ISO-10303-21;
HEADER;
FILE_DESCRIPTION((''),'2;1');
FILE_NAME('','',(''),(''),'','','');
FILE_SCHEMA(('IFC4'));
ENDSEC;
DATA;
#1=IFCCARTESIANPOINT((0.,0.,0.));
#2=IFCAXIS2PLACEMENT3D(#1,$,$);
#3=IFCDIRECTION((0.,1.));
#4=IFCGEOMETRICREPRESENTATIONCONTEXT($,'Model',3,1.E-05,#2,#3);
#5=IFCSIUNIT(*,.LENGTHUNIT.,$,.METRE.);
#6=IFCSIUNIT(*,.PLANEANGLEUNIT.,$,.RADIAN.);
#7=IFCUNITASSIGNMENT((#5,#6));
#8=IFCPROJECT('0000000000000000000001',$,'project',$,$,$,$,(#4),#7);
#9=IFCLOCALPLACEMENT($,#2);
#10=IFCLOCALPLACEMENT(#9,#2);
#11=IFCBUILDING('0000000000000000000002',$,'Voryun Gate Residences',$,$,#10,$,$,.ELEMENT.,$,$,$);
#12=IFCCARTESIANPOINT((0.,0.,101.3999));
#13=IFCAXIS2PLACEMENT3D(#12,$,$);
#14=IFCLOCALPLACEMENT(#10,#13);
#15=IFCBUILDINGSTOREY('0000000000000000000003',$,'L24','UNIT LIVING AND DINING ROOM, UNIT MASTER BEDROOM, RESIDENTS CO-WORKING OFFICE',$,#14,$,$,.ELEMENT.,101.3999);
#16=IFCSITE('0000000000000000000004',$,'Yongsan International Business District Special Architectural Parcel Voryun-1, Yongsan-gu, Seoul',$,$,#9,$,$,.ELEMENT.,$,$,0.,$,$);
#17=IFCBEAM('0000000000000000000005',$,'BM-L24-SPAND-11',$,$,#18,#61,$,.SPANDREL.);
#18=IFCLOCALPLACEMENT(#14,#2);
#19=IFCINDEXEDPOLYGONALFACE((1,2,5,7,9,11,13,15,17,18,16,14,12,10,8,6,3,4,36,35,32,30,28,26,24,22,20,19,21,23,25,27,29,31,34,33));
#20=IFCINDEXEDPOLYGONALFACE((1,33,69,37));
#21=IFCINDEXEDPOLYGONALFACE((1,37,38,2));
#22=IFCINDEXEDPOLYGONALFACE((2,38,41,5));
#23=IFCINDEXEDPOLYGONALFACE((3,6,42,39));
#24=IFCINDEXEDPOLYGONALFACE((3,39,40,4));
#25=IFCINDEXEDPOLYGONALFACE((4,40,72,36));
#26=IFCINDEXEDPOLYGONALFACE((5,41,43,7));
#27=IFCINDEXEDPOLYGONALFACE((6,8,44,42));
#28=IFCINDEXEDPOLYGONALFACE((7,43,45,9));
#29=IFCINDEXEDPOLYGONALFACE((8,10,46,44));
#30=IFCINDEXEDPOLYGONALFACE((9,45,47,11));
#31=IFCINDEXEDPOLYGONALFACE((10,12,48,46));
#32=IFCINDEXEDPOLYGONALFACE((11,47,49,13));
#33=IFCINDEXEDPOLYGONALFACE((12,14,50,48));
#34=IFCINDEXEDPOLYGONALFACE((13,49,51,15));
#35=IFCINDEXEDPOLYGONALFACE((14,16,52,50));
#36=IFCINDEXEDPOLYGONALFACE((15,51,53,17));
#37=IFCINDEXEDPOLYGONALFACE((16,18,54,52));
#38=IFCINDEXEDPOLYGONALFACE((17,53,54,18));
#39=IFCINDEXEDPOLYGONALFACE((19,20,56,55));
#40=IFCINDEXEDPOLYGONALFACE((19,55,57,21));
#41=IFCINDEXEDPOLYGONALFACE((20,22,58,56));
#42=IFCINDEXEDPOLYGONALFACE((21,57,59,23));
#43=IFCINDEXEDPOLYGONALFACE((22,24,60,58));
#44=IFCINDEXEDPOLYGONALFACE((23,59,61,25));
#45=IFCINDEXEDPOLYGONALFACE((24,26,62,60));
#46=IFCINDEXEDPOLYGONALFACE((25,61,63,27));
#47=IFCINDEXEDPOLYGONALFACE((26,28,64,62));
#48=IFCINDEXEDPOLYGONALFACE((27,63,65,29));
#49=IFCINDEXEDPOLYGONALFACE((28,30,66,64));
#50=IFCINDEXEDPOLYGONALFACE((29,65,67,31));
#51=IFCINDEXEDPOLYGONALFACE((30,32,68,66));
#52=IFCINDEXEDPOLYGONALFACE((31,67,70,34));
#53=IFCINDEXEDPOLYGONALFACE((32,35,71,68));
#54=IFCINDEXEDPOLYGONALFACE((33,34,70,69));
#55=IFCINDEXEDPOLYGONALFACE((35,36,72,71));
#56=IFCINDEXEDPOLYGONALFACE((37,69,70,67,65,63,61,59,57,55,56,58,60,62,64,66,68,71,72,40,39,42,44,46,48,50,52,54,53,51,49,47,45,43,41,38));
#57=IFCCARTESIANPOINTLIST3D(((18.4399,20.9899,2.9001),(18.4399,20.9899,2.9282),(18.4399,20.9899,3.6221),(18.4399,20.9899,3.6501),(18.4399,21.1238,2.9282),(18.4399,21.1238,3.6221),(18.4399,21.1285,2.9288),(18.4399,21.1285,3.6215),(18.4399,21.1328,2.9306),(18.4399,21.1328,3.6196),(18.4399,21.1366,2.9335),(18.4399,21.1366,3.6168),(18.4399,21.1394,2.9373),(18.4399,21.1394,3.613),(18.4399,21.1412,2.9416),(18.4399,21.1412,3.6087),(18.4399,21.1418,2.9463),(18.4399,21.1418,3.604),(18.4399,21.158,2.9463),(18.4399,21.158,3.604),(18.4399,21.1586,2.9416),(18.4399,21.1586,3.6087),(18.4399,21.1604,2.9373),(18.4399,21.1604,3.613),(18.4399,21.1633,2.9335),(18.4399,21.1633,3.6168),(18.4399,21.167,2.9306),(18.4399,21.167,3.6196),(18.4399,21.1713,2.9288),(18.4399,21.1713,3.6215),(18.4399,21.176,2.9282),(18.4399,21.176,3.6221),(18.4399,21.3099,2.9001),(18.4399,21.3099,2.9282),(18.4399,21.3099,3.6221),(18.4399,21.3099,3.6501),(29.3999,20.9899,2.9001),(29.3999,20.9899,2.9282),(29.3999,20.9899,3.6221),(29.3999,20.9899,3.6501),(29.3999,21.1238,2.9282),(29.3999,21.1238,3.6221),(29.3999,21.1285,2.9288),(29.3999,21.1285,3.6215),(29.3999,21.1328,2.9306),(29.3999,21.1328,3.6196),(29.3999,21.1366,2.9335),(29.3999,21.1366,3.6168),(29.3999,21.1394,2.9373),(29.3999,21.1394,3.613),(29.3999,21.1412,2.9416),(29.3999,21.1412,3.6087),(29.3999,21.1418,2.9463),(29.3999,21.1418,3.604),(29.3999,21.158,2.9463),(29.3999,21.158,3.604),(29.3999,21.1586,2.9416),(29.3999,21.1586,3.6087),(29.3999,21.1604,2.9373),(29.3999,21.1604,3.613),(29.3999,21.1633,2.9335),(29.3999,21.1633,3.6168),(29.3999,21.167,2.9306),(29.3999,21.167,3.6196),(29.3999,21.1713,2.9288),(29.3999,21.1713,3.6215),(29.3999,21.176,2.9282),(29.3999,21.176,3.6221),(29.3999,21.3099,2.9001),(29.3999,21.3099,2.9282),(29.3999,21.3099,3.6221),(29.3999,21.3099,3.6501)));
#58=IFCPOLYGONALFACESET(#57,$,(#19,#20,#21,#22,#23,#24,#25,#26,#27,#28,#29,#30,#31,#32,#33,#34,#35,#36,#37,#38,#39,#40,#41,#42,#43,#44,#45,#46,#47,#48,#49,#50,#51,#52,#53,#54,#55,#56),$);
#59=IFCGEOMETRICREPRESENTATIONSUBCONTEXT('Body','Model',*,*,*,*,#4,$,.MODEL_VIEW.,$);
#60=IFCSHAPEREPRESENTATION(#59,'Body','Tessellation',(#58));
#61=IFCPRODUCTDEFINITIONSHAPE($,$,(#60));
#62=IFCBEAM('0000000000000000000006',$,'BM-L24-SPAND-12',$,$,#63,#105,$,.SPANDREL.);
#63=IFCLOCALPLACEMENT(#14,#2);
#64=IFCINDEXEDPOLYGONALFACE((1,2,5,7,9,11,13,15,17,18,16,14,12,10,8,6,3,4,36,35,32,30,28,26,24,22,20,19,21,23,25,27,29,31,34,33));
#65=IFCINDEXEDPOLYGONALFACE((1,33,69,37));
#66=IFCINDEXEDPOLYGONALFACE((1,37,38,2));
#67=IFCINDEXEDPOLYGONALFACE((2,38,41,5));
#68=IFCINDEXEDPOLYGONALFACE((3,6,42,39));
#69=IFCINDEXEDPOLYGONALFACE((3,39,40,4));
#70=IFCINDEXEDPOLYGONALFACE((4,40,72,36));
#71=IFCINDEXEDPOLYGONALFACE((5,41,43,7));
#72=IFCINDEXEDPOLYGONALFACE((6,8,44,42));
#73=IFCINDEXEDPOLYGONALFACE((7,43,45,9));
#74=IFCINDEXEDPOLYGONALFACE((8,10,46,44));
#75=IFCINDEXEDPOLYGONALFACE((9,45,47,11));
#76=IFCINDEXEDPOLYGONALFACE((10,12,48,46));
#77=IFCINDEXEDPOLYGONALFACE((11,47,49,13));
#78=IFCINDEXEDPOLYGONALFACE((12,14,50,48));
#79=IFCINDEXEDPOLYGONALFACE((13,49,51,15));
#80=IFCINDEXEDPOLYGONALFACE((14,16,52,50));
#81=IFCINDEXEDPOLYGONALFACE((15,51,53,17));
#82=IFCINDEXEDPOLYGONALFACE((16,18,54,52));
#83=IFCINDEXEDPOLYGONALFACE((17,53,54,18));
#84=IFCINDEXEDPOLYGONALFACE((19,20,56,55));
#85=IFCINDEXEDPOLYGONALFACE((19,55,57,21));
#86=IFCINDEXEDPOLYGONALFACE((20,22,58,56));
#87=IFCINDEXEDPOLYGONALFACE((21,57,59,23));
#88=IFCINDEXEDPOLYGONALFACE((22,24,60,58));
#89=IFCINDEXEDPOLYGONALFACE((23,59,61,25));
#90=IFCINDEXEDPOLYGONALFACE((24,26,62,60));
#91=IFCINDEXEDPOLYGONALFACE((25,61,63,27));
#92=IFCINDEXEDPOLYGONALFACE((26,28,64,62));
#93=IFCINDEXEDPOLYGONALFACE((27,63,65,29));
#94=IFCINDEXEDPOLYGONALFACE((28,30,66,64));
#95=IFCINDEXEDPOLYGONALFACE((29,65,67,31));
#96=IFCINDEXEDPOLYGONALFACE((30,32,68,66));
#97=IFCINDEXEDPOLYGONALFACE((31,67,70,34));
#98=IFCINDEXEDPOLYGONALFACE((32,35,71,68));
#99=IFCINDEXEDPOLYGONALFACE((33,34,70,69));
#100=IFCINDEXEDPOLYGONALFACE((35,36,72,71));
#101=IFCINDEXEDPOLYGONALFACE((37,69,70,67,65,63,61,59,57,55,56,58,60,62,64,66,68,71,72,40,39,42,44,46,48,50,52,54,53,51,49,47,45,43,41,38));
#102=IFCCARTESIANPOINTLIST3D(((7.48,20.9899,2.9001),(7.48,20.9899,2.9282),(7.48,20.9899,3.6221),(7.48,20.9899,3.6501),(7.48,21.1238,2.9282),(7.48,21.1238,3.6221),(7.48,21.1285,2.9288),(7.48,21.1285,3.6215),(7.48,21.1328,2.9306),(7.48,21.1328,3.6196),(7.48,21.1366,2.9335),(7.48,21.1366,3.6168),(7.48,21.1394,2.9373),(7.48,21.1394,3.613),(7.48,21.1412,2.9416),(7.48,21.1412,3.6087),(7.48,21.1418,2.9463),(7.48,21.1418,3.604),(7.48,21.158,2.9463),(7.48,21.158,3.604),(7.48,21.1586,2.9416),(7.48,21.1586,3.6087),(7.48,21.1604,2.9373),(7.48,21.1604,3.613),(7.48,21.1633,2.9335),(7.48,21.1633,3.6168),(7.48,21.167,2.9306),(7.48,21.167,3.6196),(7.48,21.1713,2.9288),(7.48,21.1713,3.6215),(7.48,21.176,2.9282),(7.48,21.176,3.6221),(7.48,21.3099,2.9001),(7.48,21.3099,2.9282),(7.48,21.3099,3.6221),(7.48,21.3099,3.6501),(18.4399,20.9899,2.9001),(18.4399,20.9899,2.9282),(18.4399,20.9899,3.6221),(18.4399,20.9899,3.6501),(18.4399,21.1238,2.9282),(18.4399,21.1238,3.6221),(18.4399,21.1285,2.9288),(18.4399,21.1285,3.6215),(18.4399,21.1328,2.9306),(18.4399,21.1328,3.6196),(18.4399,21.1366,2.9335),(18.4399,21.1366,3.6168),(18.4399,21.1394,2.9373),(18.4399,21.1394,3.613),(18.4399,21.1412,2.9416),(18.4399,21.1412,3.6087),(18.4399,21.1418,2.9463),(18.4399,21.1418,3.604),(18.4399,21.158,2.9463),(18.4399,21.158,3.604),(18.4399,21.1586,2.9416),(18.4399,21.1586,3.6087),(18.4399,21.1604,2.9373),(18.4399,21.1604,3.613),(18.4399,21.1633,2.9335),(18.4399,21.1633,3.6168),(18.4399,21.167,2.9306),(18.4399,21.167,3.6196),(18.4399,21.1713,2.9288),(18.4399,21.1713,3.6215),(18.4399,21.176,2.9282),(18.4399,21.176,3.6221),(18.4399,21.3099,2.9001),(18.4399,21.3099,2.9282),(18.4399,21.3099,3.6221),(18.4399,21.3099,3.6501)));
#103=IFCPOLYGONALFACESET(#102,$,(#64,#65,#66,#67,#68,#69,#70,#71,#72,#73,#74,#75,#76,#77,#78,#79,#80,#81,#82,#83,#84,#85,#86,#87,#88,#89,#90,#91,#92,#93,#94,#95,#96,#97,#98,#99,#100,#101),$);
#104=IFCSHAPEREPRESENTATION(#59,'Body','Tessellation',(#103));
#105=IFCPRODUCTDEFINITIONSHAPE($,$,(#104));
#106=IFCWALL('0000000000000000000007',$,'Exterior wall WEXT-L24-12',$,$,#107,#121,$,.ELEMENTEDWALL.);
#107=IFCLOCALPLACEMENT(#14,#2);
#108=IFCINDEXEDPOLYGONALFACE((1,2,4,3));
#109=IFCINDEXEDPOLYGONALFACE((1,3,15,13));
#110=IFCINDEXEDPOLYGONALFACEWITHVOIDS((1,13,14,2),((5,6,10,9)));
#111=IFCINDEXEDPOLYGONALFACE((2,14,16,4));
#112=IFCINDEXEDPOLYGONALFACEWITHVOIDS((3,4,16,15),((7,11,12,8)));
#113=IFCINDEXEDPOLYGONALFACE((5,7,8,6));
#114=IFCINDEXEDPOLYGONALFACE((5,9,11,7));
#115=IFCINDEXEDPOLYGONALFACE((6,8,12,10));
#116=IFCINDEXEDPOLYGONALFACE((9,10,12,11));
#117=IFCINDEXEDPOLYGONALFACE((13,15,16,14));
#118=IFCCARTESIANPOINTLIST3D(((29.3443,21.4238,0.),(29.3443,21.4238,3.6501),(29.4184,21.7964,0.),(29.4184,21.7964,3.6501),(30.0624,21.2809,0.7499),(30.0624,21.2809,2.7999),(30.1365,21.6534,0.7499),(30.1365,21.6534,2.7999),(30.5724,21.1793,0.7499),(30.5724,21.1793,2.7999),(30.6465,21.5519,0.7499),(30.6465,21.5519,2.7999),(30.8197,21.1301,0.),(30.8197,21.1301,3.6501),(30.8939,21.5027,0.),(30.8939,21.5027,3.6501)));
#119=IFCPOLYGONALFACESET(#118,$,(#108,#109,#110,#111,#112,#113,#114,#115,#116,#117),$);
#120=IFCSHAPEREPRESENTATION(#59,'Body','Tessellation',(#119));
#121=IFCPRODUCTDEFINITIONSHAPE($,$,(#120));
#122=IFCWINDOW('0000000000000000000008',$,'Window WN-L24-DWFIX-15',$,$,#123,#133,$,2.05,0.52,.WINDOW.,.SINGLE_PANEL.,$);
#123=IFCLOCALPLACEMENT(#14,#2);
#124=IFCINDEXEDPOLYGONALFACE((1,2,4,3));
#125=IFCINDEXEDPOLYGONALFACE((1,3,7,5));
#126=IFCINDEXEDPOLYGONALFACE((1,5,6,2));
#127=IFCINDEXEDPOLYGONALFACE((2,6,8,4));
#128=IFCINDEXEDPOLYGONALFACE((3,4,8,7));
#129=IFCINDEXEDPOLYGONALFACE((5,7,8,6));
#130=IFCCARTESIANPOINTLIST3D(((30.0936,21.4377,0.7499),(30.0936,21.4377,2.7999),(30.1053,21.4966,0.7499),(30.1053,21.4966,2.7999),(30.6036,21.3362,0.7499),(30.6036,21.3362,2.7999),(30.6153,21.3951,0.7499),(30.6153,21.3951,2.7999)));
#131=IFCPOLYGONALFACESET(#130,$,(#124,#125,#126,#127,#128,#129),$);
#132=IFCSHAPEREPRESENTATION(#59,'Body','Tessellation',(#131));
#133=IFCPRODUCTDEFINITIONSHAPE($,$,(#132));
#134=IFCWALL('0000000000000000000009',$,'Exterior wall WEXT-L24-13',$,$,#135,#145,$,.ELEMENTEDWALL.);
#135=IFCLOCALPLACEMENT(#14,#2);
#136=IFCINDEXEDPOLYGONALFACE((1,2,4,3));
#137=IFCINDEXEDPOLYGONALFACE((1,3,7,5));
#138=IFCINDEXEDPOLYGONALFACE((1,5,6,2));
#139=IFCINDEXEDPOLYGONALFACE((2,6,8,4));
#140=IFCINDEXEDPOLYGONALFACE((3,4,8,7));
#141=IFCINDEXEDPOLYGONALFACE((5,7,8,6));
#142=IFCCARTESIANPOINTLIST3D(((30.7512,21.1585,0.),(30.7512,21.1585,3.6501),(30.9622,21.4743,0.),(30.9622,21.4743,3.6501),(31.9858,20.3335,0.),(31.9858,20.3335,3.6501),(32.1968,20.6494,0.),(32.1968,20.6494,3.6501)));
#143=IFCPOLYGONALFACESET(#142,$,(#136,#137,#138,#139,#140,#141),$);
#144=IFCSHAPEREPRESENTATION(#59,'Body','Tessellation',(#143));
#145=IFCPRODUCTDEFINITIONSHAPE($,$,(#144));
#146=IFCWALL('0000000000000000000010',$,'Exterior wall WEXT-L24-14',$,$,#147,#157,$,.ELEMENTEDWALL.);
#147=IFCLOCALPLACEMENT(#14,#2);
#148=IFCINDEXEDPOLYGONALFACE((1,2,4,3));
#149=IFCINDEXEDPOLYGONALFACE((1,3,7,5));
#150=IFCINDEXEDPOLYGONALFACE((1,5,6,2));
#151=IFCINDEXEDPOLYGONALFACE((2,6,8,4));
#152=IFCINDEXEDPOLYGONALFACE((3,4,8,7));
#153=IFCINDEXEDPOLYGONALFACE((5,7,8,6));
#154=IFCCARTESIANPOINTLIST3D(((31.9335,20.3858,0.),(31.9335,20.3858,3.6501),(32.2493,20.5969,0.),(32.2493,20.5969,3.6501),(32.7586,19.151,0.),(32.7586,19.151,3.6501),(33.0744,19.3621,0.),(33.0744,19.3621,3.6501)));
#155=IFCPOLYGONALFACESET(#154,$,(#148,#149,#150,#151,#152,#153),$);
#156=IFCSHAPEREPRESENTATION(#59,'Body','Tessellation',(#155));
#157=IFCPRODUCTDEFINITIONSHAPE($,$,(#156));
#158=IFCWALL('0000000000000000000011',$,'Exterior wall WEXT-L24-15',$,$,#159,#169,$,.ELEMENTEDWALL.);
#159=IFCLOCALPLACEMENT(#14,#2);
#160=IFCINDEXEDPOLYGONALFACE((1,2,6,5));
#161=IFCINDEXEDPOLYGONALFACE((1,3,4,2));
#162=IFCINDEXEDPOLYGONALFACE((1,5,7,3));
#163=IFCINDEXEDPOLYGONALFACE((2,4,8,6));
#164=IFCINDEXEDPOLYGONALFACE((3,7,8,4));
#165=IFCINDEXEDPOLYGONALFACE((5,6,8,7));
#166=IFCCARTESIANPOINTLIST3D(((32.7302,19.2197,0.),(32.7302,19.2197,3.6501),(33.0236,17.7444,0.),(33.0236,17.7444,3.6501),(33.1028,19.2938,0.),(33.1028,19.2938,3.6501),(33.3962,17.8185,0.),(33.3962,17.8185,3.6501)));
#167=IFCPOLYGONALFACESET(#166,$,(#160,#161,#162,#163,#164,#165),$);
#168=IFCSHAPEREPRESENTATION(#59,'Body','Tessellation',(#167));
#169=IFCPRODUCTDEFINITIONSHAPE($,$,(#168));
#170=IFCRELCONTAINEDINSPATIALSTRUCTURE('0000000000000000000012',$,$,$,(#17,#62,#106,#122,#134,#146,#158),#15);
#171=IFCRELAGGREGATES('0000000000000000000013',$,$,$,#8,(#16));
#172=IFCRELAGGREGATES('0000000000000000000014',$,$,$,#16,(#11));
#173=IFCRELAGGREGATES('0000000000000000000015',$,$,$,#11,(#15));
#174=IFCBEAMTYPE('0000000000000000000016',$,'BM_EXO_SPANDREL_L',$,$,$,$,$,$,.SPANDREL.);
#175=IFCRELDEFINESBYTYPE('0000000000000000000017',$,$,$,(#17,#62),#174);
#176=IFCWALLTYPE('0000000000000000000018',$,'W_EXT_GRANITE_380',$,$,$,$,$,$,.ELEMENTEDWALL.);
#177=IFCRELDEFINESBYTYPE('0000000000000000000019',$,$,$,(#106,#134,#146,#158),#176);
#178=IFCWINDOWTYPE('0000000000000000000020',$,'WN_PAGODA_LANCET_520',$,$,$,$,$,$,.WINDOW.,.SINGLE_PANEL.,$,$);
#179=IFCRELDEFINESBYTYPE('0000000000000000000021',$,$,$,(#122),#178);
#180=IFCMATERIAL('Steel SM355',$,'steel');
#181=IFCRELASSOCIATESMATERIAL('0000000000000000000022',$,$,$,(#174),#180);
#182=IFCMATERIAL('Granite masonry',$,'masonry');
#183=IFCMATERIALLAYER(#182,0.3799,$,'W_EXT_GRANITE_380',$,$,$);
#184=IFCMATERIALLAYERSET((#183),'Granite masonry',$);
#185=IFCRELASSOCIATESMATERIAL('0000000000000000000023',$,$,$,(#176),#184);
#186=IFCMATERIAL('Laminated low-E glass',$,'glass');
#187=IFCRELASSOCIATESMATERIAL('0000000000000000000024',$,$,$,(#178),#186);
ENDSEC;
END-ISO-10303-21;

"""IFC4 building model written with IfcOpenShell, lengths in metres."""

from ifc_helpers import new_model, si_unit, direction, frame, frame_2d, origin, origin_2d, place, context, subcontext, project, spatial, rectangle, i_section, extrude, material, layer, layer_set, material_profile, profile_set, type_object, element, fill, save


model = new_model("IFC4")

# Units and contexts
model_context = context("Model", 3, precision=1e-05, world=origin(), true_north=direction((0.0, 1.0)))
body_context = subcontext(model_context, "Body", "Model", "MODEL_VIEW")
ifc_project = project(units=[si_unit("LENGTHUNIT", "METRE"), si_unit("PLANEANGLEUNIT", "RADIAN")], contexts=[model_context])

# Site, building, storey
site_placement = place(None, origin())
site = spatial("IfcSite", under=ifc_project, at=site_placement, Name="Yongsan International Business District Special Architectural Parcel Voryun-1, Yongsan-gu, Seoul", CompositionType="ELEMENT", RefElevation=0.0)
building_placement = place(site_placement, origin())
building = spatial("IfcBuilding", under=site, at=building_placement, Name="Voryun Gate Residences", CompositionType="ELEMENT")
storey_placement = place(building_placement, frame((0.0, 0.0, 101.3999)))
storey = spatial("IfcBuildingStorey", under=building, at=storey_placement, Name="L24", Description="UNIT LIVING AND DINING ROOM, UNIT MASTER BEDROOM, RESIDENTS CO-WORKING OFFICE", CompositionType="ELEMENT", Elevation=101.3999)

# Beams
ifc_material_1 = material(Name="Steel SM355", Category="steel")
ifc_material_profile_1 = material_profile(ifc_material_1, i_section(OverallWidth=0.3201, OverallDepth=0.75, WebThickness=0.0161, FlangeThickness=0.0281, FilletRadius=0.0181, at=origin_2d()), Name="H-750x320x16x28")
ifc_profile_set_1 = profile_set([ifc_material_profile_1], Name="Steel SM355")
beam_type = type_object("IfcBeamType", Name="BM_EXO_SPANDREL_L", PredefinedType="SPANDREL", material=ifc_profile_set_1)
for number, where, z_axis, x_axis, name in (
    (1, (29.3999, 21.1499, 3.2751), (-1.0, 0.0, 0.0), (0.0, -1.0, 0.0), "BM-L24-SPAND-11"),
    (2, (18.4399, 21.1499, 3.2751), (-1.0, 0.0, 0.0), (0.0, -1.0, 0.0), "BM-L24-SPAND-12"),
):
    element("IfcBeam", number, at=place(storey_placement, frame(where, z_axis=z_axis, x_axis=x_axis)), inside=storey, type_object=beam_type, Name=name, PredefinedType="SPANDREL", context=body_context, shape_type="SweptSolid", body=[
        extrude(i_section(OverallWidth=0.3201, OverallDepth=0.75, WebThickness=0.0161, FlangeThickness=0.0281, FilletRadius=0.0181, at=origin_2d()), origin(), (0.0, 0.0, 1.0), 10.96),
    ])

# Wall, opening, window
ifc_material_2 = material(Name="Granite masonry", Category="masonry")
ifc_layer_1 = layer(ifc_material_2, 0.3799, Name="W_EXT_GRANITE_380")
ifc_layer_set_1 = layer_set([ifc_layer_1], Name="Granite masonry")
wall_type_1 = type_object("IfcWallType", Name="W_EXT_GRANITE_380", PredefinedType="ELEMENTEDWALL", material=ifc_layer_set_1)
wall_1_placement = place(storey_placement, frame((29.3813, 21.6101, 0.0), z_axis=(0.0, 0.0, 1.0), x_axis=(0.980755, -0.195242, 0.0)))
wall_1 = element("IfcWall", 3, at=wall_1_placement, inside=storey, type_object=wall_type_1, Name="Exterior wall WEXT-L24-12", PredefinedType="ELEMENTEDWALL", context=body_context, shape_type="SweptSolid", body=[
    extrude(rectangle(XDim=1.5044, YDim=0.3799, at=frame_2d((0.7522, 0.0))), origin(), (0.0, 0.0, 1.0), 3.6501),
])
opening_1_placement = place(wall_1_placement, frame((0.7322, 0.0, 0.75)))
opening_1 = element("IfcOpeningElement", 4, at=opening_1_placement, cuts=wall_1, PredefinedType="OPENING", context=body_context, shape_type="SweptSolid", body=[
    extrude(rectangle(XDim=0.52, YDim=2.05, at=frame_2d((0.26, 1.0249))), frame((0.0, 0.2, 0.0), z_axis=(0.0, -1.0, 0.0), x_axis=(1.0, 0.0, 0.0)), (0.0, 0.0, 1.0), 0.3999),
])
ifc_material_3 = material(Name="Laminated low-E glass", Category="glass")
window_type_1 = type_object("IfcWindowType", Name="WN_PAGODA_LANCET_520", PartitioningType="SINGLE_PANEL", PredefinedType="WINDOW", material=ifc_material_3)
window_1_placement = place(opening_1_placement, origin())
window_1 = element("IfcWindow", 5, at=window_1_placement, inside=storey, type_object=window_type_1, Name="Window WN-L24-DWFIX-15", OverallHeight=2.05, OverallWidth=0.52, PartitioningType="SINGLE_PANEL", PredefinedType="WINDOW", context=body_context, shape_type="SweptSolid", body=[
    extrude(rectangle(XDim=0.52, YDim=2.05, at=frame_2d((0.26, 1.0249))), frame((0.0, 0.03, 0.0), z_axis=(0.0, -1.0, 0.0), x_axis=(1.0, 0.0, 0.0)), (0.0, 0.0, 1.0), 0.0601),
])
fill(opening_1, window_1)

# Walls
wall_2_placement = place(storey_placement, frame((30.8567, 21.3164, 0.0), z_axis=(0.0, 0.0, 1.0), x_axis=(0.831468, -0.555573, 0.0)))
element("IfcWall", 6, at=wall_2_placement, inside=storey, type_object=wall_type_1, Name="Exterior wall WEXT-L24-13", PredefinedType="ELEMENTEDWALL", context=body_context, shape_type="SweptSolid", body=[
    extrude(rectangle(XDim=1.4849, YDim=0.3799, at=frame_2d((0.7424, 0.0))), origin(), (0.0, 0.0, 1.0), 3.6501),
])
wall_3_placement = place(storey_placement, frame((32.0913, 20.4915, 0.0), z_axis=(0.0, 0.0, 1.0), x_axis=(0.55561, -0.831443, 0.0)))
element("IfcWall", 7, at=wall_3_placement, inside=storey, type_object=wall_type_1, Name="Exterior wall WEXT-L24-14", PredefinedType="ELEMENTEDWALL", context=body_context, shape_type="SweptSolid", body=[
    extrude(rectangle(XDim=1.4851, YDim=0.3799, at=frame_2d((0.7427, 0.0))), origin(), (0.0, 0.0, 1.0), 3.6501),
])
wall_4_placement = place(storey_placement, frame((32.9165, 19.2566, 0.0), z_axis=(0.0, 0.0, 1.0), x_axis=(0.195086, -0.980786, 0.0)))
element("IfcWall", 8, at=wall_4_placement, inside=storey, type_object=wall_type_1, Name="Exterior wall WEXT-L24-15", PredefinedType="ELEMENTEDWALL", context=body_context, shape_type="SweptSolid", body=[
    extrude(rectangle(XDim=1.5042, YDim=0.3799, at=frame_2d((0.752, 0.0))), origin(), (0.0, 0.0, 1.0), 3.6501),
])

save(model, "model.ifc")
